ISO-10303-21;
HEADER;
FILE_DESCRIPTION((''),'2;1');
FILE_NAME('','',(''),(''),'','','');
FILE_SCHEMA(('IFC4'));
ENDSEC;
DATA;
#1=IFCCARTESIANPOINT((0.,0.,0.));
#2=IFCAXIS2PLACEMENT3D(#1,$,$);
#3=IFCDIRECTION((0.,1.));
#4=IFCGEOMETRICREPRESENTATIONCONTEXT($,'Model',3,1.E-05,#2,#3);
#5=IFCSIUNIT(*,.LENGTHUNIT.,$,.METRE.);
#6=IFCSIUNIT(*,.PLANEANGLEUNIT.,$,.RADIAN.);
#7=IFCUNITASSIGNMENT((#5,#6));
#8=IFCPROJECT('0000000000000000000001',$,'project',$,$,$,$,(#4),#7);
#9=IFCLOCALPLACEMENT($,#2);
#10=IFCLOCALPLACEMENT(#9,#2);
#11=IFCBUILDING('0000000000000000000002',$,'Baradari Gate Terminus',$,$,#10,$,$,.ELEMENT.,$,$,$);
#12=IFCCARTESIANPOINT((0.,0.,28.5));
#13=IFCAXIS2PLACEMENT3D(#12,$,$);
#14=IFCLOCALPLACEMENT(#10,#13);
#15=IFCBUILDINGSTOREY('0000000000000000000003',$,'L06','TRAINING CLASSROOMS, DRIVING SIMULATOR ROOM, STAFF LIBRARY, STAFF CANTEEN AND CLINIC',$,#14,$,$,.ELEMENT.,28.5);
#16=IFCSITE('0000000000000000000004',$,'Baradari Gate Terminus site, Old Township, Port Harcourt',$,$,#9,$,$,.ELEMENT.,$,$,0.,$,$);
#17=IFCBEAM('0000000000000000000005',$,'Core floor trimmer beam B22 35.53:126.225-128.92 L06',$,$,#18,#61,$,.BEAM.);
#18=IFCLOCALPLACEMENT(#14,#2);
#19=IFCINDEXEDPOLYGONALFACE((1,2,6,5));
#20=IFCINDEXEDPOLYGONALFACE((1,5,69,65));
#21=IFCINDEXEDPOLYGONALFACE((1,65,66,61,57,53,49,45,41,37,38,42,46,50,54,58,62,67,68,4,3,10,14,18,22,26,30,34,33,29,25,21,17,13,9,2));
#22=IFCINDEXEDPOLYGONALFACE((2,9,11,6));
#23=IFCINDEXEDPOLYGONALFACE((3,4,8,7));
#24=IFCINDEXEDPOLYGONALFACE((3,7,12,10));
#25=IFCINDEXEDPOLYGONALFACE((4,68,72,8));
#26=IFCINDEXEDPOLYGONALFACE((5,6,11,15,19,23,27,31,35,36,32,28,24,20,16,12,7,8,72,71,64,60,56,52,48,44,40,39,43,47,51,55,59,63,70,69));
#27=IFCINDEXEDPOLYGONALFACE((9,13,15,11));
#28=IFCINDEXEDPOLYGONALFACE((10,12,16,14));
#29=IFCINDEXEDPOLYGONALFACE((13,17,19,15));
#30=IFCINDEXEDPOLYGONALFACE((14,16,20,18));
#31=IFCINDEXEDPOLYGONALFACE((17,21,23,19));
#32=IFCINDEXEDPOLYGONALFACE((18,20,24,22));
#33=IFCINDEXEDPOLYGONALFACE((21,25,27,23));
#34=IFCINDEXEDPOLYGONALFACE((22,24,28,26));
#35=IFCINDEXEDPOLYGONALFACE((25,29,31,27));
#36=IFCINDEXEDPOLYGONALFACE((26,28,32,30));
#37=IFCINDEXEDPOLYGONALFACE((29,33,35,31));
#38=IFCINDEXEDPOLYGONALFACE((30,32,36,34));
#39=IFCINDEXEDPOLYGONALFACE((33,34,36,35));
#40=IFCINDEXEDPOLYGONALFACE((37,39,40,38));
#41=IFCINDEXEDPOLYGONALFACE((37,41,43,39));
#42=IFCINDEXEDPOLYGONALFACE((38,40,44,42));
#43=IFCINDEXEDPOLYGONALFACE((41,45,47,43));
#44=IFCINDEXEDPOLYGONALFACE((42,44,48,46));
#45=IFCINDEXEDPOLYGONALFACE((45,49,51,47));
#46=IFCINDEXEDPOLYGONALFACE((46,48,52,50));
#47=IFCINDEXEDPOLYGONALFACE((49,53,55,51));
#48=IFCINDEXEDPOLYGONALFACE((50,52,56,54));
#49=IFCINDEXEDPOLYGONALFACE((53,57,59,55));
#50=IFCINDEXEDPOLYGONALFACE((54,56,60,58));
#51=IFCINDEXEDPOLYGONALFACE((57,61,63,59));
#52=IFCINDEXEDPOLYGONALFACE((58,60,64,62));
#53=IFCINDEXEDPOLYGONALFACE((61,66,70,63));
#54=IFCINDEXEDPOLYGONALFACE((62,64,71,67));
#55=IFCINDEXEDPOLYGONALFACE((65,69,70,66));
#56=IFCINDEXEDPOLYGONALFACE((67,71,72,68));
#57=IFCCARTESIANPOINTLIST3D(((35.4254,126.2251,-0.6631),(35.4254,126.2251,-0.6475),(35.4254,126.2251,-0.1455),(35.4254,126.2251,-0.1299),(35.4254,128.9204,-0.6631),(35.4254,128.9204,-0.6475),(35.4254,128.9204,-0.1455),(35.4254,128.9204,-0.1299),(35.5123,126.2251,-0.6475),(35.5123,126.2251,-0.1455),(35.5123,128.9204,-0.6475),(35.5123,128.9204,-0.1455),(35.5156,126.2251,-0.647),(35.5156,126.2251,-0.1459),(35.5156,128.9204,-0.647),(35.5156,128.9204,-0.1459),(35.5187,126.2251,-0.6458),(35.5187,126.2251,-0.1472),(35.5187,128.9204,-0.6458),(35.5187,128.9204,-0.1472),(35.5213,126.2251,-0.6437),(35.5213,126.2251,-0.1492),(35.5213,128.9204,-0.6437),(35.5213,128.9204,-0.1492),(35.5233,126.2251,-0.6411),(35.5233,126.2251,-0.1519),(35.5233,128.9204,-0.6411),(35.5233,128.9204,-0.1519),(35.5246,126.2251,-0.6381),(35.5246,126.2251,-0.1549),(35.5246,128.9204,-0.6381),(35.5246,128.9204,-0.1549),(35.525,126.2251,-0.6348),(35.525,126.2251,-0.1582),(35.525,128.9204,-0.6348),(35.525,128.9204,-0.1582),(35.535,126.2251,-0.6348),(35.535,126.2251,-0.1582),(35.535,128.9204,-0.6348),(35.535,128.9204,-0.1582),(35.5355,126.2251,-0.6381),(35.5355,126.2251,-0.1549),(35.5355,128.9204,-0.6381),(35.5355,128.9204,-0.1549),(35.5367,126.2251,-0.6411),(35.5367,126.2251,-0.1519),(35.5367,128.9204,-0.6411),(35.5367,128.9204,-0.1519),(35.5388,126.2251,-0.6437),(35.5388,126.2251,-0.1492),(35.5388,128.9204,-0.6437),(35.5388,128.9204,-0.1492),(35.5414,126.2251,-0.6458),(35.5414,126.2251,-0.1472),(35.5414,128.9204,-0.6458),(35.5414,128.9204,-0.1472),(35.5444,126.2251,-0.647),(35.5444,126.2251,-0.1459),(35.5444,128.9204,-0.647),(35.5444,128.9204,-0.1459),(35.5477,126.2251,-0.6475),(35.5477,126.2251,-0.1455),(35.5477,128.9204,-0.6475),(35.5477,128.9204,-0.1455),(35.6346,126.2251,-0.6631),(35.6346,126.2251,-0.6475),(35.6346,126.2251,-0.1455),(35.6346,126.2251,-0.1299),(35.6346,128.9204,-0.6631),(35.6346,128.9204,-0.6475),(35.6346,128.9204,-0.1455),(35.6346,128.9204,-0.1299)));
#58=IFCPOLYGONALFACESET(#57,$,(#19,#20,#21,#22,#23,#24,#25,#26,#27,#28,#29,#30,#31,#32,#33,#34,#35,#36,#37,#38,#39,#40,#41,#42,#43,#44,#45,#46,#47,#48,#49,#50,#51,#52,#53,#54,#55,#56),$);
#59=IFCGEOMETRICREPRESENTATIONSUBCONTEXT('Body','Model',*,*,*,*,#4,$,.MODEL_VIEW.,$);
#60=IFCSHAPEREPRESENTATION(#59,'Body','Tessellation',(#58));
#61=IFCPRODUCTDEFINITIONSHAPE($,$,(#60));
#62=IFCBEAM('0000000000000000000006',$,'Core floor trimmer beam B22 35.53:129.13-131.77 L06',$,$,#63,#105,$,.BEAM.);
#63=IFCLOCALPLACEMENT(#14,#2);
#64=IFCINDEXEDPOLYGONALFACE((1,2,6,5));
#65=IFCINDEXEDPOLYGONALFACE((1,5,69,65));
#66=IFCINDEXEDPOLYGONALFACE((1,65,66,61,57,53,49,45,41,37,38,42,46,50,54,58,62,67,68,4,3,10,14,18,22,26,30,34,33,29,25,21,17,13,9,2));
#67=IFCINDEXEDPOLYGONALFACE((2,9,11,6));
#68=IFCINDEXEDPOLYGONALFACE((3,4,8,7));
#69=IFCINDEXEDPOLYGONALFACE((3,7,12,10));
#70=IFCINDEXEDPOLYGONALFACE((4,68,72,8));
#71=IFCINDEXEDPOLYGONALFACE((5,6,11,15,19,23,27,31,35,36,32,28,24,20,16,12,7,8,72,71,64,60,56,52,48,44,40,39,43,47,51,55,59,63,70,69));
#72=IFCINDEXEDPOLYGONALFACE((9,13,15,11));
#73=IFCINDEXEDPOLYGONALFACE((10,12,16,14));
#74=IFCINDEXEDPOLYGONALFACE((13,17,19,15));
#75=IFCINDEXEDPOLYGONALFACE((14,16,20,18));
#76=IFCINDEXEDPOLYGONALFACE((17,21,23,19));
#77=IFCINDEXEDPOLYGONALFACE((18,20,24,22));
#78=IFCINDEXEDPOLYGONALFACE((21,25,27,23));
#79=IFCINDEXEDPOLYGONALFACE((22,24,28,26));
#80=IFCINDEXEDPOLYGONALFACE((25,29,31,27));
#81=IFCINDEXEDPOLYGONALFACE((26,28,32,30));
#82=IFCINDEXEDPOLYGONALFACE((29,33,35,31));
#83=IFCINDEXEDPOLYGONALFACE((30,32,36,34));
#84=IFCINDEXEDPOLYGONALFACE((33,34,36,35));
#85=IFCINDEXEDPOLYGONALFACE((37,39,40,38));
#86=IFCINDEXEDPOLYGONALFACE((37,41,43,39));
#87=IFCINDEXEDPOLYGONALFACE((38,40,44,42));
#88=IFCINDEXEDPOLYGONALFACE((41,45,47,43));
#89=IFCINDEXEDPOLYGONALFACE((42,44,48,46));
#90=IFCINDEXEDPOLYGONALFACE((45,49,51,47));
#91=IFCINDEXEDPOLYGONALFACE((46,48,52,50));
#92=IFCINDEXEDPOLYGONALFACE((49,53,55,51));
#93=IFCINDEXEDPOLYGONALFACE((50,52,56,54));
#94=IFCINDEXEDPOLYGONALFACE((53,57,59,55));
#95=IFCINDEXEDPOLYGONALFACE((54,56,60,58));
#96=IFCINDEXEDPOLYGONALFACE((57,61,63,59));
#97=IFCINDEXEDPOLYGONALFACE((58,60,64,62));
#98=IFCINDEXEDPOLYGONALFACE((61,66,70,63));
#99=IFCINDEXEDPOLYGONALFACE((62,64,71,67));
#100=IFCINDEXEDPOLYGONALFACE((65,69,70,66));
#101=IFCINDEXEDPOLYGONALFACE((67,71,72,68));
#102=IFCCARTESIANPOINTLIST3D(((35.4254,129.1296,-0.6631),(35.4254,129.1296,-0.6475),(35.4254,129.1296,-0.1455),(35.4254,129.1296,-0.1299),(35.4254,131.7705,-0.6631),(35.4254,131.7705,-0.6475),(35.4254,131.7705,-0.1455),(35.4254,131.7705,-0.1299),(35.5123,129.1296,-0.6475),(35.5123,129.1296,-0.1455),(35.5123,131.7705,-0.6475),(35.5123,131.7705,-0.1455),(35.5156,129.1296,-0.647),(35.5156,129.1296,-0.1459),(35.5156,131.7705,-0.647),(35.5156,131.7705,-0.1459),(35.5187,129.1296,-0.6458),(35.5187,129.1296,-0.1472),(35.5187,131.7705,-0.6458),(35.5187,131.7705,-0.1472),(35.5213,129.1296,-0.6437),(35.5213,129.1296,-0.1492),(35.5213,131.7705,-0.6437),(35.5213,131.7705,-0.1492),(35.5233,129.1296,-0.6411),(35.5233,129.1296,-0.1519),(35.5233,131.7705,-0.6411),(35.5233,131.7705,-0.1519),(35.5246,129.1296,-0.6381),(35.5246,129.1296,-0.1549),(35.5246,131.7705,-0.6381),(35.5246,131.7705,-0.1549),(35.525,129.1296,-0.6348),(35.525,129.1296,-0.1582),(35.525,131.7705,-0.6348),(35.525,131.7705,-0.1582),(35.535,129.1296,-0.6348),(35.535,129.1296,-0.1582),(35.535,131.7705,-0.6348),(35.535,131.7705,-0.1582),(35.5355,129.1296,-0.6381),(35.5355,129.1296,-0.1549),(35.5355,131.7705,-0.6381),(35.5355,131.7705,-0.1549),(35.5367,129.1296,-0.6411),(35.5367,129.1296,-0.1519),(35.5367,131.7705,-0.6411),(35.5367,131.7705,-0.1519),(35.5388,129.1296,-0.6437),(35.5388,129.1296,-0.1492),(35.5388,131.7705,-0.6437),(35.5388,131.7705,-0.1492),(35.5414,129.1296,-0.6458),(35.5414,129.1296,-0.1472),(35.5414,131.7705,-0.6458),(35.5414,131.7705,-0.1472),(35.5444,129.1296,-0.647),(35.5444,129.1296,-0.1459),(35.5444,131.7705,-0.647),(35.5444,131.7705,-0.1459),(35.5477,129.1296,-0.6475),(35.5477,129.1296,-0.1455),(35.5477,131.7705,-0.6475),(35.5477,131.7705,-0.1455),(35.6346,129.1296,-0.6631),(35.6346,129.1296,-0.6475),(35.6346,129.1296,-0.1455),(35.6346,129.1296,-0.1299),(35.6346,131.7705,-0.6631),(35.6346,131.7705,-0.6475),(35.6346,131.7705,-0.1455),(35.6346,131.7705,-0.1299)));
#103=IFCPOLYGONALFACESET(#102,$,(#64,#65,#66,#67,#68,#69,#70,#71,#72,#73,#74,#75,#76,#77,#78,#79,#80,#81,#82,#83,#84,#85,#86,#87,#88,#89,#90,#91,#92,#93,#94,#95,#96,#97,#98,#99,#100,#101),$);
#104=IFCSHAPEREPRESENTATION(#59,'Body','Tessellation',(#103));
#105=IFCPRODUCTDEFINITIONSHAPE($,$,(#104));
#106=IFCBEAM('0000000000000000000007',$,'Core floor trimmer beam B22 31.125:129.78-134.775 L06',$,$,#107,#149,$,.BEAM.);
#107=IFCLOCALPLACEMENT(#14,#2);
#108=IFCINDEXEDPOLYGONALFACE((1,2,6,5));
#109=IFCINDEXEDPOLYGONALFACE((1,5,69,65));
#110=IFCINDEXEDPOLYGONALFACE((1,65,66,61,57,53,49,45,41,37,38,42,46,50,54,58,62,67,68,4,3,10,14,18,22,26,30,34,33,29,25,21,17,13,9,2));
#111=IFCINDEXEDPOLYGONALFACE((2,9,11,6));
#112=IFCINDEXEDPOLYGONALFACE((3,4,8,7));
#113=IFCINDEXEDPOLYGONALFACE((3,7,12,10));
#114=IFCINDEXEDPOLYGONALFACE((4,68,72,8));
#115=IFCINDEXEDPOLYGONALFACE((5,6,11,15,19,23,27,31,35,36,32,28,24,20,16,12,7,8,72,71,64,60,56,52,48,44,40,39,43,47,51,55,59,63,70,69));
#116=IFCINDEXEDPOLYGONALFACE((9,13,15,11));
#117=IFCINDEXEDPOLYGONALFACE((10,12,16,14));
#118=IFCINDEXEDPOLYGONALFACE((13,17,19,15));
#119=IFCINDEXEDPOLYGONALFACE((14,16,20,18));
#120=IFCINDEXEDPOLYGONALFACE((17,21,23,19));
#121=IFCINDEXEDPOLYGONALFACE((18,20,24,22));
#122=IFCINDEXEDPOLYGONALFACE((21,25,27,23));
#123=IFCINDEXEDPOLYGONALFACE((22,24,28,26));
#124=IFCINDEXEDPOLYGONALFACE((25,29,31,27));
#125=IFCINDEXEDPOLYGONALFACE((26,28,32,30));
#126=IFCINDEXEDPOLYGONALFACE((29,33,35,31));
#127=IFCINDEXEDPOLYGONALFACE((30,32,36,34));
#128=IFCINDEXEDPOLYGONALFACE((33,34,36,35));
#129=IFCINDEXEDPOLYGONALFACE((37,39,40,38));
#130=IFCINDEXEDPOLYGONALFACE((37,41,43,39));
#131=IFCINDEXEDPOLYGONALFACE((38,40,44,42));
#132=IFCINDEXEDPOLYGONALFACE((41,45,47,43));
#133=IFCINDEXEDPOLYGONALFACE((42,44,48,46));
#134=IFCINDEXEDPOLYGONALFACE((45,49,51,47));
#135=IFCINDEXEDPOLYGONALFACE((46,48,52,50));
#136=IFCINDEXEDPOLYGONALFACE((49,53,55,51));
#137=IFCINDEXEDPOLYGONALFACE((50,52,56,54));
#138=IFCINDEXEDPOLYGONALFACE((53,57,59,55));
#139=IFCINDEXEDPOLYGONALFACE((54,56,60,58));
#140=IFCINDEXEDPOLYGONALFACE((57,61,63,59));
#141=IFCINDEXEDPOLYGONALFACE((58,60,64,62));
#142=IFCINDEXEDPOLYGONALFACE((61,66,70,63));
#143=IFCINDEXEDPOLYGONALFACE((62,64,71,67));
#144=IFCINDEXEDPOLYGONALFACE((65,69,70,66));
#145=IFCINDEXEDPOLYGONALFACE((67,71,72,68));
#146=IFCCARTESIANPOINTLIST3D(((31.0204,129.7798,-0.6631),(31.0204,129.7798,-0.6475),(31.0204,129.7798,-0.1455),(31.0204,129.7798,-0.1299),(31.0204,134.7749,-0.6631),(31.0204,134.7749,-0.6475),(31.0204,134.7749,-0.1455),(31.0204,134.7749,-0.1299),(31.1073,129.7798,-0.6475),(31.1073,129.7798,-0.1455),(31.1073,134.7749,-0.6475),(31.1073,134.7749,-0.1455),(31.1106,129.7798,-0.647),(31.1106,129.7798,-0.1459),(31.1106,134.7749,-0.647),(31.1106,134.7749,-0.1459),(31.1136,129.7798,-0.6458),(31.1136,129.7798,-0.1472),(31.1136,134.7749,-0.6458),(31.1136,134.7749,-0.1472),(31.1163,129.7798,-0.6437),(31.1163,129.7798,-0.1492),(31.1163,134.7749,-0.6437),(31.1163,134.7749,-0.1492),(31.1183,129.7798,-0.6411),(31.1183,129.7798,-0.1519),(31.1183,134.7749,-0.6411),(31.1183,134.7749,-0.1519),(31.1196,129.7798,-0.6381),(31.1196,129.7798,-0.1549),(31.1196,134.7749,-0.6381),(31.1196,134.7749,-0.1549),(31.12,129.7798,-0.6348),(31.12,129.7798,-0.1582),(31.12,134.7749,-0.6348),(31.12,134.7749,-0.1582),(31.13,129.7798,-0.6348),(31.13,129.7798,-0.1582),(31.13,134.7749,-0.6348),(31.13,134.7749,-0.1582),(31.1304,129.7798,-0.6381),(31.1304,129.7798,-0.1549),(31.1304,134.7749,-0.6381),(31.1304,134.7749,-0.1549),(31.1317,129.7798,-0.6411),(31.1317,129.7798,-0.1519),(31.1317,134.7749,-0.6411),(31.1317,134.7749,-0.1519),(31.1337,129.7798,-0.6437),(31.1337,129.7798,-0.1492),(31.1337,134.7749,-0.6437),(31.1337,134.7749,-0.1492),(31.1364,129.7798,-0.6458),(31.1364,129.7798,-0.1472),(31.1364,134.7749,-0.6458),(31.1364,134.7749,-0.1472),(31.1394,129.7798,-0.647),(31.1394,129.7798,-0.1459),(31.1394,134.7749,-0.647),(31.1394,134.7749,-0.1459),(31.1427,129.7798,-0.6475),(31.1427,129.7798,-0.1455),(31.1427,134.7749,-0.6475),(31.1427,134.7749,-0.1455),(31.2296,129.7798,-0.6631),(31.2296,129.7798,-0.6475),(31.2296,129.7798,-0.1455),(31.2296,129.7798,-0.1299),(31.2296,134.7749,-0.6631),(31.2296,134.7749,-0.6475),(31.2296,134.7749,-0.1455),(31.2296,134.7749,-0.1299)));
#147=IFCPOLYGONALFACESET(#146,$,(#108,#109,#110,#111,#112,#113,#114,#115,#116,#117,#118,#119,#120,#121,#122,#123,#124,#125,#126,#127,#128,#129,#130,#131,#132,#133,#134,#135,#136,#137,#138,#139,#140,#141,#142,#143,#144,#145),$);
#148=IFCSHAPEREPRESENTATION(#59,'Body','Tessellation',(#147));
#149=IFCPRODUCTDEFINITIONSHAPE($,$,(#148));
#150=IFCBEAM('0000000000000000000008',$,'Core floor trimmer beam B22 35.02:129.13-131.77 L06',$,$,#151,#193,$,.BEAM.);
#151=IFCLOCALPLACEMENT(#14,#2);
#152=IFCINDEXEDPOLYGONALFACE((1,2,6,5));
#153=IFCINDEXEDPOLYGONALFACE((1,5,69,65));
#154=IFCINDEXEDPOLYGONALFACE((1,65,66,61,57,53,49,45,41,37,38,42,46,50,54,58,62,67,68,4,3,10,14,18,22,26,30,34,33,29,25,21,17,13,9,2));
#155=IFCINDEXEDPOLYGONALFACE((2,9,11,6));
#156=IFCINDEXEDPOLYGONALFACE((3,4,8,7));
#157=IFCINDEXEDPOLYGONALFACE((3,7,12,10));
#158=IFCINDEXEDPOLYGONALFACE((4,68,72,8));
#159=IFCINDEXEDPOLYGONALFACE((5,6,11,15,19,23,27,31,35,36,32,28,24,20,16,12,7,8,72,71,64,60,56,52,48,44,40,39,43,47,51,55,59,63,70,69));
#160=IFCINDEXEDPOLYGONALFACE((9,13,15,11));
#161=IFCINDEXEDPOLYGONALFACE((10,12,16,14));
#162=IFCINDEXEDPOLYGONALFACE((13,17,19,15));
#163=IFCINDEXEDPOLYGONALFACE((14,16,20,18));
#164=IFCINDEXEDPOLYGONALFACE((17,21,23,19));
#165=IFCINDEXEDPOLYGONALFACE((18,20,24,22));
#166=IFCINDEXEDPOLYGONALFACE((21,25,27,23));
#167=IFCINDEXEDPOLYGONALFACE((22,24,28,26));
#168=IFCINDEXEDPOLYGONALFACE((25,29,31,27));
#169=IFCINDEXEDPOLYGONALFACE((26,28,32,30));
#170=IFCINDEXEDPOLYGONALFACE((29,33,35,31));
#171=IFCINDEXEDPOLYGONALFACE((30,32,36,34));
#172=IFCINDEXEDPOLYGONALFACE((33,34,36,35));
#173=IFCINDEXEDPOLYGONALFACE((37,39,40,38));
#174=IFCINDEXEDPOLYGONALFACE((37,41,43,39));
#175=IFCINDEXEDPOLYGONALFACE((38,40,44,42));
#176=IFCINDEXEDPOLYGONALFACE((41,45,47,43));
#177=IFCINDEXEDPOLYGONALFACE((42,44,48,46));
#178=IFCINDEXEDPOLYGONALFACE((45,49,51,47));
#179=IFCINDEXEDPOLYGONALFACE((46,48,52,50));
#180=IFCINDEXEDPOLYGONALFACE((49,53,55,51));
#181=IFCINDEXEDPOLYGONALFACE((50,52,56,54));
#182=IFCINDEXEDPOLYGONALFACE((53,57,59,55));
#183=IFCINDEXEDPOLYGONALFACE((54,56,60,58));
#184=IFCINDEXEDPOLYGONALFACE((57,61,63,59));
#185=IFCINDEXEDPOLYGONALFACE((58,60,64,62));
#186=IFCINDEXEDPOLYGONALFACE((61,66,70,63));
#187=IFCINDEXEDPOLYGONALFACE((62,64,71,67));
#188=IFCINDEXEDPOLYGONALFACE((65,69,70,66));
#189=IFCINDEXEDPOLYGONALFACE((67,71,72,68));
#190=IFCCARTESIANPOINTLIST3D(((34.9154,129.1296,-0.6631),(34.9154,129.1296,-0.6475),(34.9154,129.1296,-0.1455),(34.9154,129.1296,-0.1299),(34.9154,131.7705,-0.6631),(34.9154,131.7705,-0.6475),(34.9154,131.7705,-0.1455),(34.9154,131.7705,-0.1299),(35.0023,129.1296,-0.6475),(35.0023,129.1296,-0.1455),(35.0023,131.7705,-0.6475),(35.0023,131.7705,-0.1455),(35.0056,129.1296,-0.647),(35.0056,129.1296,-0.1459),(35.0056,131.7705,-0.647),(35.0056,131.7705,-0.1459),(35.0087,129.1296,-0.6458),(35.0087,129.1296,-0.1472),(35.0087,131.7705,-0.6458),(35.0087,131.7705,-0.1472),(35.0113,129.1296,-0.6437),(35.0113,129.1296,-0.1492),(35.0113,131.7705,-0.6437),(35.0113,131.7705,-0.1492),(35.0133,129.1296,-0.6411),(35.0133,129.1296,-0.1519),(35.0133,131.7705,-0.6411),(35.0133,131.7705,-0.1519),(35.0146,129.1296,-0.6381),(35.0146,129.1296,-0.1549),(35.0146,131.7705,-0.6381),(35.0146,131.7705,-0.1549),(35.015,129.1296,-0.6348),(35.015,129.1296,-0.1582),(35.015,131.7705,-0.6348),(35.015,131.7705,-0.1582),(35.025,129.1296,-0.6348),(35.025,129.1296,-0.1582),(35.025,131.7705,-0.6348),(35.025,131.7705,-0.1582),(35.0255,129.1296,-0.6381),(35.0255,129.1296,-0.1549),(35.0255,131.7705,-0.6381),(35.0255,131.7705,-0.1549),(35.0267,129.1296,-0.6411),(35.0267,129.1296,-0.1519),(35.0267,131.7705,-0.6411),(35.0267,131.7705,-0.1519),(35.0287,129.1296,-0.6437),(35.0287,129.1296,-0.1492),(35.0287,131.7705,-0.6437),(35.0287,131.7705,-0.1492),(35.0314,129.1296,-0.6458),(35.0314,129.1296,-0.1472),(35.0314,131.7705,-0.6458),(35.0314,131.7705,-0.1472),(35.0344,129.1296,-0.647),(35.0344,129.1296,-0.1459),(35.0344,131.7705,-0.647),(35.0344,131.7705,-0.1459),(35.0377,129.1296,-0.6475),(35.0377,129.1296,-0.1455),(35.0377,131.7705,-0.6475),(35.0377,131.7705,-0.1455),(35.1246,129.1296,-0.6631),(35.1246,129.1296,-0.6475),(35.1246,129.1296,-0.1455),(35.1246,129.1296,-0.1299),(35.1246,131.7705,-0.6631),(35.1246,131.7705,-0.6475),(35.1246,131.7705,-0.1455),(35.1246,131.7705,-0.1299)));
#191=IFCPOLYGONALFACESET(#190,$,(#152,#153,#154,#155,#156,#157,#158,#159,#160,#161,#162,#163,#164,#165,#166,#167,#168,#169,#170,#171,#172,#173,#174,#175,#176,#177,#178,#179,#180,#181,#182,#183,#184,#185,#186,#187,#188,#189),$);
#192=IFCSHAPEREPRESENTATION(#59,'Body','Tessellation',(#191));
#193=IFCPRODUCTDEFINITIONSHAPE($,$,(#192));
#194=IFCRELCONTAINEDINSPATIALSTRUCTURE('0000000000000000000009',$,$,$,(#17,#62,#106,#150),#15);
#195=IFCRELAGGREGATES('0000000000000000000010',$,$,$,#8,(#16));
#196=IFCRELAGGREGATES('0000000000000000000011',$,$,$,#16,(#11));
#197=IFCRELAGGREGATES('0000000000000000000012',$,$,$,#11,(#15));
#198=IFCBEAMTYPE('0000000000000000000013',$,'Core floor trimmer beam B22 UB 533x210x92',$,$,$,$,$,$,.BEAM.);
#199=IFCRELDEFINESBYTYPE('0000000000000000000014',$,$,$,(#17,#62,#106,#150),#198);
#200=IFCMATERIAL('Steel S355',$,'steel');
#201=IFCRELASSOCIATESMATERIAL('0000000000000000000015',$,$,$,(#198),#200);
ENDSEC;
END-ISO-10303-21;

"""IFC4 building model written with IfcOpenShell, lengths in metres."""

from ifc_helpers import new_model, si_unit, direction, frame, origin, origin_2d, place, context, subcontext, project, spatial, i_section, extrude, material, material_profile, profile_set, type_object, element, save


model = new_model("IFC4")

# Units and contexts
model_context = context("Model", 3, precision=1e-05, world=origin(), true_north=direction((0.0, 1.0)))
body_context = subcontext(model_context, "Body", "Model", "MODEL_VIEW")
ifc_project = project(units=[si_unit("LENGTHUNIT", "METRE"), si_unit("PLANEANGLEUNIT", "RADIAN")], contexts=[model_context])

# Site, building, storey
site_placement = place(None, origin())
site = spatial("IfcSite", under=ifc_project, at=site_placement, Name="Baradari Gate Terminus site, Old Township, Port Harcourt", CompositionType="ELEMENT", RefElevation=0.0)
building_placement = place(site_placement, origin())
building = spatial("IfcBuilding", under=site, at=building_placement, Name="Baradari Gate Terminus", CompositionType="ELEMENT")
storey_placement = place(building_placement, frame((0.0, 0.0, 28.5)))
storey = spatial("IfcBuildingStorey", under=building, at=storey_placement, Name="L06", Description="TRAINING CLASSROOMS, DRIVING SIMULATOR ROOM, STAFF LIBRARY, STAFF CANTEEN AND CLINIC", CompositionType="ELEMENT", Elevation=28.5)

# Beams
ifc_material_1 = material(Name="Steel S355", Category="steel")
ifc_material_profile_1 = material_profile(ifc_material_1, i_section(OverallWidth=0.2092, OverallDepth=0.5332, WebThickness=0.01, FlangeThickness=0.0156, FilletRadius=0.0127, at=origin_2d()), Name="UB 533x210x92")
ifc_profile_set_1 = profile_set([ifc_material_profile_1], Name="Steel S355")
beam_type_1 = type_object("IfcBeamType", Name="Core floor trimmer beam B22 UB 533x210x92", PredefinedType="BEAM", material=ifc_profile_set_1)
beam_1_placement = place(storey_placement, frame((35.53, 126.2251, -0.3965), z_axis=(0.0, 1.0, 0.0), x_axis=(-1.0, 0.0, 0.0)))
element("IfcBeam", 1, at=beam_1_placement, inside=storey, type_object=beam_type_1, Name="Core floor trimmer beam B22 35.53:126.225-128.92 L06", PredefinedType="BEAM", context=body_context, shape_type="SweptSolid", body=[
    extrude(i_section(OverallWidth=0.2092, OverallDepth=0.5332, WebThickness=0.01, FlangeThickness=0.0156, FilletRadius=0.0127, at=origin_2d()), origin(), (0.0, 0.0, 1.0), 2.6953),
])
beam_2_placement = place(storey_placement, frame((35.53, 129.1296, -0.3965), z_axis=(0.0, 1.0, 0.0), x_axis=(-1.0, 0.0, 0.0)))
element("IfcBeam", 2, at=beam_2_placement, inside=storey, type_object=beam_type_1, Name="Core floor trimmer beam B22 35.53:129.13-131.77 L06", PredefinedType="BEAM", context=body_context, shape_type="SweptSolid", body=[
    extrude(i_section(OverallWidth=0.2092, OverallDepth=0.5332, WebThickness=0.01, FlangeThickness=0.0156, FilletRadius=0.0127, at=origin_2d()), origin(), (0.0, 0.0, 1.0), 2.6409),
])
beam_3_placement = place(storey_placement, frame((31.125, 129.7798, -0.3965), z_axis=(0.0, 1.0, 0.0), x_axis=(-1.0, 0.0, 0.0)))
element("IfcBeam", 3, at=beam_3_placement, inside=storey, type_object=beam_type_1, Name="Core floor trimmer beam B22 31.125:129.78-134.775 L06", PredefinedType="BEAM", context=body_context, shape_type="SweptSolid", body=[
    extrude(i_section(OverallWidth=0.2092, OverallDepth=0.5332, WebThickness=0.01, FlangeThickness=0.0156, FilletRadius=0.0127, at=origin_2d()), origin(), (0.0, 0.0, 1.0), 4.9951),
])
beam_4_placement = place(storey_placement, frame((35.02, 129.1296, -0.3965), z_axis=(0.0, 1.0, 0.0), x_axis=(-1.0, 0.0, 0.0)))
element("IfcBeam", 4, at=beam_4_placement, inside=storey, type_object=beam_type_1, Name="Core floor trimmer beam B22 35.02:129.13-131.77 L06", PredefinedType="BEAM", context=body_context, shape_type="SweptSolid", body=[
    extrude(i_section(OverallWidth=0.2092, OverallDepth=0.5332, WebThickness=0.01, FlangeThickness=0.0156, FilletRadius=0.0127, at=origin_2d()), origin(), (0.0, 0.0, 1.0), 2.6409),
])

save(model, "model.ifc")
